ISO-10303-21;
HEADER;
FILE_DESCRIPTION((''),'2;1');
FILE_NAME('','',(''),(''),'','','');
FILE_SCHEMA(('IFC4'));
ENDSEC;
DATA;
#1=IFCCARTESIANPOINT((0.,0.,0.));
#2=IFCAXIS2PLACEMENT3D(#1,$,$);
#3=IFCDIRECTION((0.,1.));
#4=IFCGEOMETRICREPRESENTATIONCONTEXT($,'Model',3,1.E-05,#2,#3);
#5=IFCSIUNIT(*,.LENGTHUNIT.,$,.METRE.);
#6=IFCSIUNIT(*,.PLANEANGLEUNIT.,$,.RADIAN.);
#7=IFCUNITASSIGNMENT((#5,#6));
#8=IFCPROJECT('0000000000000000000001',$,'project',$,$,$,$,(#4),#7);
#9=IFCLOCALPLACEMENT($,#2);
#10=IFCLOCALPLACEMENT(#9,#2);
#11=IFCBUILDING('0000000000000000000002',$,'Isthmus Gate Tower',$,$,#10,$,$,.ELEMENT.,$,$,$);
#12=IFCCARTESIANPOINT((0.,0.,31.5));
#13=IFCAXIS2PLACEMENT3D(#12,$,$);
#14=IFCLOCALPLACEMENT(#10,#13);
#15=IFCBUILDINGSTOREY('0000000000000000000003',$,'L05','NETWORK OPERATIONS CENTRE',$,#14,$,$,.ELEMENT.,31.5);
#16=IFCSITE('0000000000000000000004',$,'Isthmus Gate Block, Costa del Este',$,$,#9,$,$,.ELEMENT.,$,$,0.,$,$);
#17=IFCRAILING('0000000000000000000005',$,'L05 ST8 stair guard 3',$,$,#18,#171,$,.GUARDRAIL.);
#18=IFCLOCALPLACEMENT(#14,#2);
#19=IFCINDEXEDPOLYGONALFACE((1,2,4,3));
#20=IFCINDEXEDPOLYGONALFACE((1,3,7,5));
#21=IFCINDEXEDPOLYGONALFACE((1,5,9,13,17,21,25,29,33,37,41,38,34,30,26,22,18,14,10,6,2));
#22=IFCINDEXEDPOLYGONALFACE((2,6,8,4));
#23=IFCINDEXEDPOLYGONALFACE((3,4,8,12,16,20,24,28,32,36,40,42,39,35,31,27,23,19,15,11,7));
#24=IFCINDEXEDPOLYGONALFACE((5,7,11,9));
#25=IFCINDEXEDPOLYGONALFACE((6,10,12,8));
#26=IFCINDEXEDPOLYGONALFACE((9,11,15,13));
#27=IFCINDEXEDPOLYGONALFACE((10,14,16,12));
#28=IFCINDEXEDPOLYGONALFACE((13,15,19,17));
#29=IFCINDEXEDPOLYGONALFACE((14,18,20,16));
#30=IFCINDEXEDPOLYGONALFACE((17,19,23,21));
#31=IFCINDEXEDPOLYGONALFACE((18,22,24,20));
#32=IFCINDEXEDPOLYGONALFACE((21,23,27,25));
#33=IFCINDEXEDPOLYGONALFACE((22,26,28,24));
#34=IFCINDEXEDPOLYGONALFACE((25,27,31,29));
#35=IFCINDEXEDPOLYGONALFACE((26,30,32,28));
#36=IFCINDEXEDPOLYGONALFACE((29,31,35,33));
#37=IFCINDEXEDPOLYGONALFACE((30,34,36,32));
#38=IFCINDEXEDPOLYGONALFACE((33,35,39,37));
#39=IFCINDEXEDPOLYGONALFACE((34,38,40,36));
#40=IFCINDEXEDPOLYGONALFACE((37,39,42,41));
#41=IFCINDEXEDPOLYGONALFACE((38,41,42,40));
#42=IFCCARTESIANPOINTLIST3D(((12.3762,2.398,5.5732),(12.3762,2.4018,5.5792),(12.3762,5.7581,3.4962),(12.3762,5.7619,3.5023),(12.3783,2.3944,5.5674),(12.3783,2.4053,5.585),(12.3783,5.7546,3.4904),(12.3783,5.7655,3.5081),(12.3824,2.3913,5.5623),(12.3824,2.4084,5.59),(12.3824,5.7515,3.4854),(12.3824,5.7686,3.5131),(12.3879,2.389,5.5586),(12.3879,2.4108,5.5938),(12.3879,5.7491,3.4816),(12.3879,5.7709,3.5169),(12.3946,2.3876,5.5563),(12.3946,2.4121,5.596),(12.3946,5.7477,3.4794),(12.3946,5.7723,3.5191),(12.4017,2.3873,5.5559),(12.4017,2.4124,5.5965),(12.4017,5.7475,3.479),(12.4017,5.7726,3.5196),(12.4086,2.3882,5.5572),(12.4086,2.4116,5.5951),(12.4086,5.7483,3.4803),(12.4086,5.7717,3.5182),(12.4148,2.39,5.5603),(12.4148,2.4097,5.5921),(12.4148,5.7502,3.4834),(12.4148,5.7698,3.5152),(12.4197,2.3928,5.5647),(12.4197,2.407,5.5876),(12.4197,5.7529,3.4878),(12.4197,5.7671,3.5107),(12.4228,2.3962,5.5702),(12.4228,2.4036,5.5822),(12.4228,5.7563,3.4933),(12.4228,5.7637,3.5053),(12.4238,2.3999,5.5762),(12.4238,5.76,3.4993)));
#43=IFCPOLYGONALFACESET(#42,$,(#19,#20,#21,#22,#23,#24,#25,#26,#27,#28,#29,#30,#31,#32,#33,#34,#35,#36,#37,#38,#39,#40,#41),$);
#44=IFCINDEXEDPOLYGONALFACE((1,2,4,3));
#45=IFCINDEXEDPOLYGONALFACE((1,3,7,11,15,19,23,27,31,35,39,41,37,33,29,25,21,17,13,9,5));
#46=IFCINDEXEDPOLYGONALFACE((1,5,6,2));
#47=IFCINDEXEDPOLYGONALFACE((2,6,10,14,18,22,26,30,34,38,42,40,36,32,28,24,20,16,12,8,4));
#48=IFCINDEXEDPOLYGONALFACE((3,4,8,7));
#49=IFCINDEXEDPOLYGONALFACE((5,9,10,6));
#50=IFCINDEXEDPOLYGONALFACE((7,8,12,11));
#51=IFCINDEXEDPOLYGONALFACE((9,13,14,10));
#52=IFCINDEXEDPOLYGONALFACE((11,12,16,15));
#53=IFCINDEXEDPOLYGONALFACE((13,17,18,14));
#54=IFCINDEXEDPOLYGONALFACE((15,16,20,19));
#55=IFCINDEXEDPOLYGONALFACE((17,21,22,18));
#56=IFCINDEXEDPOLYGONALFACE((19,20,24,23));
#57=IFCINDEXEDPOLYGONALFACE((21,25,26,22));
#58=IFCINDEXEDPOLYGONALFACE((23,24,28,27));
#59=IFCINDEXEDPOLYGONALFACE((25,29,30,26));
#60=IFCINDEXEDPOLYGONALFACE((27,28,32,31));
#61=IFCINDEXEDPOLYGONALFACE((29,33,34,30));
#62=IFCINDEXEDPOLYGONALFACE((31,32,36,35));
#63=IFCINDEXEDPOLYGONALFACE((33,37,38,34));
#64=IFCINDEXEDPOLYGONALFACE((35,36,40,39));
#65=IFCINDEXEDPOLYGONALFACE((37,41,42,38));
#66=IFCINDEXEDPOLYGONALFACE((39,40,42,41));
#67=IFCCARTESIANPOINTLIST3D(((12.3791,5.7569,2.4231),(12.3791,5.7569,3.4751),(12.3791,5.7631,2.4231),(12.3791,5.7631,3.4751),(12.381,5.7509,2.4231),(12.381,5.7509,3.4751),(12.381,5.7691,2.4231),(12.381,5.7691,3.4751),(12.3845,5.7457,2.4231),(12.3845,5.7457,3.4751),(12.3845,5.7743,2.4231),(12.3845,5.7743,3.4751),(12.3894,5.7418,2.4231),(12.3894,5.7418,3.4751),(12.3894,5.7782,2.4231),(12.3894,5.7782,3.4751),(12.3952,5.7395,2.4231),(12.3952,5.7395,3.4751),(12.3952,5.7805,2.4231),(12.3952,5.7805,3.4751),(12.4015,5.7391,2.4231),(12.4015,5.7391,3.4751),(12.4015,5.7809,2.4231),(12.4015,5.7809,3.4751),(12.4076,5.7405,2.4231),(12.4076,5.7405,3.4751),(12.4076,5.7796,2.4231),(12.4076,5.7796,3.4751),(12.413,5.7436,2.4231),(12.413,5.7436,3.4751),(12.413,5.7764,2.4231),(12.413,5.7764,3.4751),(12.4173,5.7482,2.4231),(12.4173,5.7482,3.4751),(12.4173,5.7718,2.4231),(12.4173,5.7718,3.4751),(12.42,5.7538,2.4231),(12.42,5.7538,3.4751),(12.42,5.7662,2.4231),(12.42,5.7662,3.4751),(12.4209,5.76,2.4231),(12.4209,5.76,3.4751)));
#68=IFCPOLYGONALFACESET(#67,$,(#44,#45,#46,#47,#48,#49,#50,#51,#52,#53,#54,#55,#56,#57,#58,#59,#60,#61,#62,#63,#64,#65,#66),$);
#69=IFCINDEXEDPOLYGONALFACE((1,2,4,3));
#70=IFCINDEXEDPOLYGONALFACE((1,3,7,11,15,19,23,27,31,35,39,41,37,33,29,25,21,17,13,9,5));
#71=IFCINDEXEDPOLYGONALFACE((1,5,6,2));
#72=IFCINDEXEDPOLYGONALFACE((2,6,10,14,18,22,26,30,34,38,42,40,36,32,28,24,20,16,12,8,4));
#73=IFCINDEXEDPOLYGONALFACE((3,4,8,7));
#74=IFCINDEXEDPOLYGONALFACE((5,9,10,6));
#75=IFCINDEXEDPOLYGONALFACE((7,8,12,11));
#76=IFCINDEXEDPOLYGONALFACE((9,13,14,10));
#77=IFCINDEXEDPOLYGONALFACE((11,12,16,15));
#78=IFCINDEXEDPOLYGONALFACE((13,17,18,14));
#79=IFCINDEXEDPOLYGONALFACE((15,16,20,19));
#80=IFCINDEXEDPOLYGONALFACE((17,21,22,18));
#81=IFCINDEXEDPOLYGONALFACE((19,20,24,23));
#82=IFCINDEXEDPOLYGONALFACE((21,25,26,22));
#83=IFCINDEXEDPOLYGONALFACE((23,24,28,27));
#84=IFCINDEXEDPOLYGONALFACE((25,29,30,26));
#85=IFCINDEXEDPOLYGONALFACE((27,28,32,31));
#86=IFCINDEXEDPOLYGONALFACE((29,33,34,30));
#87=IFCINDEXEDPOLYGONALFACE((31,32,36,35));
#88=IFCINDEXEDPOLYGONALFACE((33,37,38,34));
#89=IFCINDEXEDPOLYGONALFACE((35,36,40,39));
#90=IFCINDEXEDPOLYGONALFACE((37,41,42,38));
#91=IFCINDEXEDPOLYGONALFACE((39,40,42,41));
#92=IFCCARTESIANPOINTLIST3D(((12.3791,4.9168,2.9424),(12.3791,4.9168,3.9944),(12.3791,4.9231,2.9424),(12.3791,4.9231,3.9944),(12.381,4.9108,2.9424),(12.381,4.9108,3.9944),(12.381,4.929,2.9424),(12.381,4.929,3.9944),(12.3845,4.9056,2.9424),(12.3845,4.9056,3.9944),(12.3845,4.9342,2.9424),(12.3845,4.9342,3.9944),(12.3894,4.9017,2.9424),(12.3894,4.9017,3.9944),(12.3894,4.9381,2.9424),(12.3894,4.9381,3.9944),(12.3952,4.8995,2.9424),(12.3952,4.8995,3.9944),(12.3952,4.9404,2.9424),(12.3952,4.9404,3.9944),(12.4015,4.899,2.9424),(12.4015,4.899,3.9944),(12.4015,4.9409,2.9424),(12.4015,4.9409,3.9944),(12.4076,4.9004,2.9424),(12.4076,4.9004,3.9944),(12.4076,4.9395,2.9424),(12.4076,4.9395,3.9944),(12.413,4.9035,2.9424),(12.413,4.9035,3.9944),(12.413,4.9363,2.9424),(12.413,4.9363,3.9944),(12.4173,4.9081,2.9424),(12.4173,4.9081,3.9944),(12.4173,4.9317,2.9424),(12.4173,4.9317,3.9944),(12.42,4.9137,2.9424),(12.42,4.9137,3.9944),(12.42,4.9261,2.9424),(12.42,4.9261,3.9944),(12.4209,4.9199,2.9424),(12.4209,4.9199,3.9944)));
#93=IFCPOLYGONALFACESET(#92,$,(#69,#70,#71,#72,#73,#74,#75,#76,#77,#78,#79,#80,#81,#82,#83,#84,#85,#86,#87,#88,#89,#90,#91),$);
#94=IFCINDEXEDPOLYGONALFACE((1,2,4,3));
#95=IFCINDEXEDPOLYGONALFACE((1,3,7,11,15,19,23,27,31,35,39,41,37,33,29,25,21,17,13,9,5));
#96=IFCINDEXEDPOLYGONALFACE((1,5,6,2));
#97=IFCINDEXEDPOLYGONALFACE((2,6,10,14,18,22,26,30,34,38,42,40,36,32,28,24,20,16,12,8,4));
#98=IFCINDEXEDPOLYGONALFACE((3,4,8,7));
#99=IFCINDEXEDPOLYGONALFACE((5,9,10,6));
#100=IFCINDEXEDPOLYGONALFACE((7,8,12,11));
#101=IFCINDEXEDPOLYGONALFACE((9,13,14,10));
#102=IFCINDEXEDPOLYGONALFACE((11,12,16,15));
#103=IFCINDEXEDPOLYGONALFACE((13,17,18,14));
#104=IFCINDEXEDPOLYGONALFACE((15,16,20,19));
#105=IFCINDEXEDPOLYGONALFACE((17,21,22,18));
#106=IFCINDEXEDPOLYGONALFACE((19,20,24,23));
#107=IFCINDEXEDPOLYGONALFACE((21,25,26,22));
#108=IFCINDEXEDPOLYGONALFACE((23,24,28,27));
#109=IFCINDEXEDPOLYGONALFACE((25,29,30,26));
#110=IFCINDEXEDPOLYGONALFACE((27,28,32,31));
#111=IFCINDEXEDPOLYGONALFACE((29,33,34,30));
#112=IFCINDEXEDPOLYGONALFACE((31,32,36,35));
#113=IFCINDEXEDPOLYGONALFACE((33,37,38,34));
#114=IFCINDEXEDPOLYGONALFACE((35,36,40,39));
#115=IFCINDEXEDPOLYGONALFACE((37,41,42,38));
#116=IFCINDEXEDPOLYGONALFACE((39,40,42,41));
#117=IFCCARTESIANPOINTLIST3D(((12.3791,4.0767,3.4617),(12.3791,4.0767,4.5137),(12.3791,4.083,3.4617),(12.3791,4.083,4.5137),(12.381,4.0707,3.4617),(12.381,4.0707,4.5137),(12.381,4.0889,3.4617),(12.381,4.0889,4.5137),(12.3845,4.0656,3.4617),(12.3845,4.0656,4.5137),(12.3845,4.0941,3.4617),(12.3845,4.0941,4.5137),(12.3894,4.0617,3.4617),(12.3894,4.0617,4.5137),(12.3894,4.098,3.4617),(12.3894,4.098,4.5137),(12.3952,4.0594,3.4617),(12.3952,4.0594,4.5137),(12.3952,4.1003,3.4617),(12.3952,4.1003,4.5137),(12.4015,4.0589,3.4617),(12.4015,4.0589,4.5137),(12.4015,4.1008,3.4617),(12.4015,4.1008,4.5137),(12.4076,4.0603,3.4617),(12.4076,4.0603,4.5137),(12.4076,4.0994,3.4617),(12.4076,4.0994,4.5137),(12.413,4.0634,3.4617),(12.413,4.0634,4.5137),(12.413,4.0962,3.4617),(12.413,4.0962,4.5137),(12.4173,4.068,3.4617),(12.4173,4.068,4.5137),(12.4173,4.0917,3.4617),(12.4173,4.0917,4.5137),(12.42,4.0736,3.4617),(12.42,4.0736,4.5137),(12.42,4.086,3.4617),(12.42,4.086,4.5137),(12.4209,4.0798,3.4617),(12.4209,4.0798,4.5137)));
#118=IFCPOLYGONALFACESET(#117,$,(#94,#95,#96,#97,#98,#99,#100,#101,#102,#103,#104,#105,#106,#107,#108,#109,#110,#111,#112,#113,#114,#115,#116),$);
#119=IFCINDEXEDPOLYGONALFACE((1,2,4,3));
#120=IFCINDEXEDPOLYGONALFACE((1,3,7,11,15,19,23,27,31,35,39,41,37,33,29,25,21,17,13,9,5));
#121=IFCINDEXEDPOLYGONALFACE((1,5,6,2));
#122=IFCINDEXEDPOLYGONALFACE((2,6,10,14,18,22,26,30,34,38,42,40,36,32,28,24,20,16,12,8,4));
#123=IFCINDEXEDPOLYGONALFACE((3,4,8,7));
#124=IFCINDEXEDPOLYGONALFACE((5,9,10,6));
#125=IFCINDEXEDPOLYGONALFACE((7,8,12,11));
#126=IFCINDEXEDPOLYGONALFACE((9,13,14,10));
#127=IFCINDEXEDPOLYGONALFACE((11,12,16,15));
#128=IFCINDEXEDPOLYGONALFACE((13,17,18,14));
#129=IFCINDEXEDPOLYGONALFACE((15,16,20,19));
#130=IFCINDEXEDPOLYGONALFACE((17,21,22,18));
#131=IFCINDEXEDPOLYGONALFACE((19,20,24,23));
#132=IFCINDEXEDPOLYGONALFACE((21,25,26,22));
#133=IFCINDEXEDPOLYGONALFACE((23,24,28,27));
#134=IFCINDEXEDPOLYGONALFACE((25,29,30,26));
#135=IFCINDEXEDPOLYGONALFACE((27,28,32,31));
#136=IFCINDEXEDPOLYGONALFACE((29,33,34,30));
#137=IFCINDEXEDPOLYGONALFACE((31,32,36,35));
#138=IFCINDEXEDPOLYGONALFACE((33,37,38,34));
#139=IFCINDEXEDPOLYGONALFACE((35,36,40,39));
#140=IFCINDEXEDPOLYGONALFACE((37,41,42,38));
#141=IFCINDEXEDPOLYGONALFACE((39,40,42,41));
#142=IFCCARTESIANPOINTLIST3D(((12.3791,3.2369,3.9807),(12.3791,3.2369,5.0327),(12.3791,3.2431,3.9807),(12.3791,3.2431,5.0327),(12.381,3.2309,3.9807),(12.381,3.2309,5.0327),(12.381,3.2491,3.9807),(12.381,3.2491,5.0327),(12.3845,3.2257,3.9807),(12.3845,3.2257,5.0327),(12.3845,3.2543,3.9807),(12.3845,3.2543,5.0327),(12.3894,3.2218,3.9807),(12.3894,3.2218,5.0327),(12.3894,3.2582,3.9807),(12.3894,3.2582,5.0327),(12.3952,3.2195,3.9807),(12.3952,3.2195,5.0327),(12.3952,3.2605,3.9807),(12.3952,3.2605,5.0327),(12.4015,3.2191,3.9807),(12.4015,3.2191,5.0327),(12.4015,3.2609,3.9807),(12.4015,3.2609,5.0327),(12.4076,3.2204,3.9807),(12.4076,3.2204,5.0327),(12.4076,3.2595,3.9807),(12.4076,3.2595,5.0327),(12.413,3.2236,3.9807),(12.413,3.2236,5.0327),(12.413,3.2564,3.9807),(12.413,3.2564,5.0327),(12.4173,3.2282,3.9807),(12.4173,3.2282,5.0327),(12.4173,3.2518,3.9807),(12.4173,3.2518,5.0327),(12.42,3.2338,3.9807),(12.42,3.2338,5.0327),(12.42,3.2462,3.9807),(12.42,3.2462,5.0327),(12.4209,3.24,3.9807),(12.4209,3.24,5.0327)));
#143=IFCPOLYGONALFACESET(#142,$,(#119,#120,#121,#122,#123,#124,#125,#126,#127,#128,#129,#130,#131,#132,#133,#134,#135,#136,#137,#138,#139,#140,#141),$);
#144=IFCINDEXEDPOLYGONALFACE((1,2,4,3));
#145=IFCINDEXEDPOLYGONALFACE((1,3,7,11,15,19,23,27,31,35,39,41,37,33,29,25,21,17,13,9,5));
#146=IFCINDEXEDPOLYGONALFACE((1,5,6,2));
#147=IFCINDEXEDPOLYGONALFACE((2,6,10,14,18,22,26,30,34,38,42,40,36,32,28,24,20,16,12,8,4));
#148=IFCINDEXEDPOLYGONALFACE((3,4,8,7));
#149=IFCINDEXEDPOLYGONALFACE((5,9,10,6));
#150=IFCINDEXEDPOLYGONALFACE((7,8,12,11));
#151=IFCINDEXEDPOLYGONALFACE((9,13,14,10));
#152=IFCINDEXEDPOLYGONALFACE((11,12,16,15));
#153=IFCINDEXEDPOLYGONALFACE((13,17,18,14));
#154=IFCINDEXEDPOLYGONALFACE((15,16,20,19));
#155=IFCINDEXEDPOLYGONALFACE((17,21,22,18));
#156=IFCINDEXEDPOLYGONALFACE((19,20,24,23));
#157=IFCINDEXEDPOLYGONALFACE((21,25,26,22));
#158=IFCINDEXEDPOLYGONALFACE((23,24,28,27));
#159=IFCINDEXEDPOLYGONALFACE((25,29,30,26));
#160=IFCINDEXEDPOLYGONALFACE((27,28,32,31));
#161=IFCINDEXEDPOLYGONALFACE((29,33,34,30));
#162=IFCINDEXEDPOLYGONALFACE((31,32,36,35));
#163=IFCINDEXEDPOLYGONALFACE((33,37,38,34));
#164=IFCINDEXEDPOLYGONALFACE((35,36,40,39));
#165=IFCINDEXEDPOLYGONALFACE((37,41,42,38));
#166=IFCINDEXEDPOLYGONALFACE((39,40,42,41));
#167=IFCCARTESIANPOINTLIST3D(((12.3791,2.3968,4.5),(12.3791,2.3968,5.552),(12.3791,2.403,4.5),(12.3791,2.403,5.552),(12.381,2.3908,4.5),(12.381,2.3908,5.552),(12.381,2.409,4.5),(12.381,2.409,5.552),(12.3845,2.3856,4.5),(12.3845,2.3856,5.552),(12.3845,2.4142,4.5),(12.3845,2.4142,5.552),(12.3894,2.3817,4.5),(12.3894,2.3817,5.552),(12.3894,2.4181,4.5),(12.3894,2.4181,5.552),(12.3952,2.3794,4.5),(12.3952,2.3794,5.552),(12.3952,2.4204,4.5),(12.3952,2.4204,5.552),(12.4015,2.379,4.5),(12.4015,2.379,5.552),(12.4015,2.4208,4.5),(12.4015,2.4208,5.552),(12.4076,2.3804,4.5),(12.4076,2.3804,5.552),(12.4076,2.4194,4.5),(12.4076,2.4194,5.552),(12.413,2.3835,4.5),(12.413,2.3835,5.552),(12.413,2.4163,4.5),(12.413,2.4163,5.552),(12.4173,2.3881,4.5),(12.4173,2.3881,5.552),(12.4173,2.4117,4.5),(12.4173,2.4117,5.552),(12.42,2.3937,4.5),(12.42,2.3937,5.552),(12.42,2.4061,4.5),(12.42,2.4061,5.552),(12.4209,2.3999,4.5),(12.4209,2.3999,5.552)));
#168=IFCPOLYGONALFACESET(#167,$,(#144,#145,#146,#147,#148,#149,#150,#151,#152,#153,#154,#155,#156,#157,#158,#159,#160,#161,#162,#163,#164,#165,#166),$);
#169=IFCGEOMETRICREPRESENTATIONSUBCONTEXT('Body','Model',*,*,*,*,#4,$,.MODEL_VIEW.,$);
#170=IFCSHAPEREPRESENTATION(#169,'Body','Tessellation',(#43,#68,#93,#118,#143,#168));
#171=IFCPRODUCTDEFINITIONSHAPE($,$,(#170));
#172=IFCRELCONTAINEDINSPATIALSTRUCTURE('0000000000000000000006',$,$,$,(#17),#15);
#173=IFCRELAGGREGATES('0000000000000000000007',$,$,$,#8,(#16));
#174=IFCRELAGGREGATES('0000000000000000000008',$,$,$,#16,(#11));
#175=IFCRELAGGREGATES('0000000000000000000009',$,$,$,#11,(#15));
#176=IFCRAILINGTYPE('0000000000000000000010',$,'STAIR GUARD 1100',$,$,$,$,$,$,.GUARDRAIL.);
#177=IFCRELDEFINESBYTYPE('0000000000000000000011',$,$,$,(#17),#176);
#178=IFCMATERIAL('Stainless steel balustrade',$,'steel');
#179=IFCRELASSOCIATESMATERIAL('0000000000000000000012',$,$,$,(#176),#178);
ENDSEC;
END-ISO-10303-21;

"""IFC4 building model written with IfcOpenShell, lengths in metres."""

from ifc_helpers import new_model, si_unit, direction, frame, origin, origin_2d, place, context, subcontext, project, spatial, circle, extrude, material, type_object, element, save


model = new_model("IFC4")

# Units and contexts
model_context = context("Model", 3, precision=1e-05, world=origin(), true_north=direction((0.0, 1.0)))
body_context = subcontext(model_context, "Body", "Model", "MODEL_VIEW")
ifc_project = project(units=[si_unit("LENGTHUNIT", "METRE"), si_unit("PLANEANGLEUNIT", "RADIAN")], contexts=[model_context])

# Site, building, storey
site_placement = place(None, origin())
site = spatial("IfcSite", under=ifc_project, at=site_placement, Name="Isthmus Gate Block, Costa del Este", CompositionType="ELEMENT", RefElevation=0.0)
building_placement = place(site_placement, origin())
building = spatial("IfcBuilding", under=site, at=building_placement, Name="Isthmus Gate Tower", CompositionType="ELEMENT")
storey_placement = place(building_placement, frame((0.0, 0.0, 31.5)))
storey = spatial("IfcBuildingStorey", under=building, at=storey_placement, Name="L05", Description="NETWORK OPERATIONS CENTRE", CompositionType="ELEMENT", Elevation=31.5)

# Railing
ifc_material_1 = material(Name="Stainless steel balustrade", Category="steel")
railing_type_1 = type_object("IfcRailingType", Name="STAIR GUARD 1100", PredefinedType="GUARDRAIL", material=ifc_material_1)
railing_1_placement = place(storey_placement, frame((12.3999, 5.76, 2.4231)))
element("IfcRailing", 1, at=railing_1_placement, inside=storey, type_object=railing_type_1, Name="L05 ST8 stair guard 3", PredefinedType="GUARDRAIL", context=body_context, shape_type="SweptSolid", body=[
    extrude(circle(Radius=0.0239, at=origin_2d()), frame((0.0, 0.0, 1.0762), z_axis=(0.0, -0.850623, 0.525776), x_axis=(1.0, 0.0, 0.0)), (0.0, 0.0, 1.0), 3.9502),
    extrude(circle(Radius=0.021, at=origin_2d()), origin(), (0.0, 0.0, 1.0), 1.052),
    extrude(circle(Radius=0.021, at=origin_2d()), frame((0.0, -0.8401, 0.5193)), (0.0, 0.0, 1.0), 1.052),
    extrude(circle(Radius=0.021, at=origin_2d()), frame((0.0, -1.6802, 1.0386)), (0.0, 0.0, 1.0), 1.052),
    extrude(circle(Radius=0.021, at=origin_2d()), frame((0.0, -2.52, 1.5576)), (0.0, 0.0, 1.0), 1.052),
    extrude(circle(Radius=0.021, at=origin_2d()), frame((0.0, -3.3601, 2.0769)), (0.0, 0.0, 1.0), 1.052),
])

save(model, "model.ifc")
